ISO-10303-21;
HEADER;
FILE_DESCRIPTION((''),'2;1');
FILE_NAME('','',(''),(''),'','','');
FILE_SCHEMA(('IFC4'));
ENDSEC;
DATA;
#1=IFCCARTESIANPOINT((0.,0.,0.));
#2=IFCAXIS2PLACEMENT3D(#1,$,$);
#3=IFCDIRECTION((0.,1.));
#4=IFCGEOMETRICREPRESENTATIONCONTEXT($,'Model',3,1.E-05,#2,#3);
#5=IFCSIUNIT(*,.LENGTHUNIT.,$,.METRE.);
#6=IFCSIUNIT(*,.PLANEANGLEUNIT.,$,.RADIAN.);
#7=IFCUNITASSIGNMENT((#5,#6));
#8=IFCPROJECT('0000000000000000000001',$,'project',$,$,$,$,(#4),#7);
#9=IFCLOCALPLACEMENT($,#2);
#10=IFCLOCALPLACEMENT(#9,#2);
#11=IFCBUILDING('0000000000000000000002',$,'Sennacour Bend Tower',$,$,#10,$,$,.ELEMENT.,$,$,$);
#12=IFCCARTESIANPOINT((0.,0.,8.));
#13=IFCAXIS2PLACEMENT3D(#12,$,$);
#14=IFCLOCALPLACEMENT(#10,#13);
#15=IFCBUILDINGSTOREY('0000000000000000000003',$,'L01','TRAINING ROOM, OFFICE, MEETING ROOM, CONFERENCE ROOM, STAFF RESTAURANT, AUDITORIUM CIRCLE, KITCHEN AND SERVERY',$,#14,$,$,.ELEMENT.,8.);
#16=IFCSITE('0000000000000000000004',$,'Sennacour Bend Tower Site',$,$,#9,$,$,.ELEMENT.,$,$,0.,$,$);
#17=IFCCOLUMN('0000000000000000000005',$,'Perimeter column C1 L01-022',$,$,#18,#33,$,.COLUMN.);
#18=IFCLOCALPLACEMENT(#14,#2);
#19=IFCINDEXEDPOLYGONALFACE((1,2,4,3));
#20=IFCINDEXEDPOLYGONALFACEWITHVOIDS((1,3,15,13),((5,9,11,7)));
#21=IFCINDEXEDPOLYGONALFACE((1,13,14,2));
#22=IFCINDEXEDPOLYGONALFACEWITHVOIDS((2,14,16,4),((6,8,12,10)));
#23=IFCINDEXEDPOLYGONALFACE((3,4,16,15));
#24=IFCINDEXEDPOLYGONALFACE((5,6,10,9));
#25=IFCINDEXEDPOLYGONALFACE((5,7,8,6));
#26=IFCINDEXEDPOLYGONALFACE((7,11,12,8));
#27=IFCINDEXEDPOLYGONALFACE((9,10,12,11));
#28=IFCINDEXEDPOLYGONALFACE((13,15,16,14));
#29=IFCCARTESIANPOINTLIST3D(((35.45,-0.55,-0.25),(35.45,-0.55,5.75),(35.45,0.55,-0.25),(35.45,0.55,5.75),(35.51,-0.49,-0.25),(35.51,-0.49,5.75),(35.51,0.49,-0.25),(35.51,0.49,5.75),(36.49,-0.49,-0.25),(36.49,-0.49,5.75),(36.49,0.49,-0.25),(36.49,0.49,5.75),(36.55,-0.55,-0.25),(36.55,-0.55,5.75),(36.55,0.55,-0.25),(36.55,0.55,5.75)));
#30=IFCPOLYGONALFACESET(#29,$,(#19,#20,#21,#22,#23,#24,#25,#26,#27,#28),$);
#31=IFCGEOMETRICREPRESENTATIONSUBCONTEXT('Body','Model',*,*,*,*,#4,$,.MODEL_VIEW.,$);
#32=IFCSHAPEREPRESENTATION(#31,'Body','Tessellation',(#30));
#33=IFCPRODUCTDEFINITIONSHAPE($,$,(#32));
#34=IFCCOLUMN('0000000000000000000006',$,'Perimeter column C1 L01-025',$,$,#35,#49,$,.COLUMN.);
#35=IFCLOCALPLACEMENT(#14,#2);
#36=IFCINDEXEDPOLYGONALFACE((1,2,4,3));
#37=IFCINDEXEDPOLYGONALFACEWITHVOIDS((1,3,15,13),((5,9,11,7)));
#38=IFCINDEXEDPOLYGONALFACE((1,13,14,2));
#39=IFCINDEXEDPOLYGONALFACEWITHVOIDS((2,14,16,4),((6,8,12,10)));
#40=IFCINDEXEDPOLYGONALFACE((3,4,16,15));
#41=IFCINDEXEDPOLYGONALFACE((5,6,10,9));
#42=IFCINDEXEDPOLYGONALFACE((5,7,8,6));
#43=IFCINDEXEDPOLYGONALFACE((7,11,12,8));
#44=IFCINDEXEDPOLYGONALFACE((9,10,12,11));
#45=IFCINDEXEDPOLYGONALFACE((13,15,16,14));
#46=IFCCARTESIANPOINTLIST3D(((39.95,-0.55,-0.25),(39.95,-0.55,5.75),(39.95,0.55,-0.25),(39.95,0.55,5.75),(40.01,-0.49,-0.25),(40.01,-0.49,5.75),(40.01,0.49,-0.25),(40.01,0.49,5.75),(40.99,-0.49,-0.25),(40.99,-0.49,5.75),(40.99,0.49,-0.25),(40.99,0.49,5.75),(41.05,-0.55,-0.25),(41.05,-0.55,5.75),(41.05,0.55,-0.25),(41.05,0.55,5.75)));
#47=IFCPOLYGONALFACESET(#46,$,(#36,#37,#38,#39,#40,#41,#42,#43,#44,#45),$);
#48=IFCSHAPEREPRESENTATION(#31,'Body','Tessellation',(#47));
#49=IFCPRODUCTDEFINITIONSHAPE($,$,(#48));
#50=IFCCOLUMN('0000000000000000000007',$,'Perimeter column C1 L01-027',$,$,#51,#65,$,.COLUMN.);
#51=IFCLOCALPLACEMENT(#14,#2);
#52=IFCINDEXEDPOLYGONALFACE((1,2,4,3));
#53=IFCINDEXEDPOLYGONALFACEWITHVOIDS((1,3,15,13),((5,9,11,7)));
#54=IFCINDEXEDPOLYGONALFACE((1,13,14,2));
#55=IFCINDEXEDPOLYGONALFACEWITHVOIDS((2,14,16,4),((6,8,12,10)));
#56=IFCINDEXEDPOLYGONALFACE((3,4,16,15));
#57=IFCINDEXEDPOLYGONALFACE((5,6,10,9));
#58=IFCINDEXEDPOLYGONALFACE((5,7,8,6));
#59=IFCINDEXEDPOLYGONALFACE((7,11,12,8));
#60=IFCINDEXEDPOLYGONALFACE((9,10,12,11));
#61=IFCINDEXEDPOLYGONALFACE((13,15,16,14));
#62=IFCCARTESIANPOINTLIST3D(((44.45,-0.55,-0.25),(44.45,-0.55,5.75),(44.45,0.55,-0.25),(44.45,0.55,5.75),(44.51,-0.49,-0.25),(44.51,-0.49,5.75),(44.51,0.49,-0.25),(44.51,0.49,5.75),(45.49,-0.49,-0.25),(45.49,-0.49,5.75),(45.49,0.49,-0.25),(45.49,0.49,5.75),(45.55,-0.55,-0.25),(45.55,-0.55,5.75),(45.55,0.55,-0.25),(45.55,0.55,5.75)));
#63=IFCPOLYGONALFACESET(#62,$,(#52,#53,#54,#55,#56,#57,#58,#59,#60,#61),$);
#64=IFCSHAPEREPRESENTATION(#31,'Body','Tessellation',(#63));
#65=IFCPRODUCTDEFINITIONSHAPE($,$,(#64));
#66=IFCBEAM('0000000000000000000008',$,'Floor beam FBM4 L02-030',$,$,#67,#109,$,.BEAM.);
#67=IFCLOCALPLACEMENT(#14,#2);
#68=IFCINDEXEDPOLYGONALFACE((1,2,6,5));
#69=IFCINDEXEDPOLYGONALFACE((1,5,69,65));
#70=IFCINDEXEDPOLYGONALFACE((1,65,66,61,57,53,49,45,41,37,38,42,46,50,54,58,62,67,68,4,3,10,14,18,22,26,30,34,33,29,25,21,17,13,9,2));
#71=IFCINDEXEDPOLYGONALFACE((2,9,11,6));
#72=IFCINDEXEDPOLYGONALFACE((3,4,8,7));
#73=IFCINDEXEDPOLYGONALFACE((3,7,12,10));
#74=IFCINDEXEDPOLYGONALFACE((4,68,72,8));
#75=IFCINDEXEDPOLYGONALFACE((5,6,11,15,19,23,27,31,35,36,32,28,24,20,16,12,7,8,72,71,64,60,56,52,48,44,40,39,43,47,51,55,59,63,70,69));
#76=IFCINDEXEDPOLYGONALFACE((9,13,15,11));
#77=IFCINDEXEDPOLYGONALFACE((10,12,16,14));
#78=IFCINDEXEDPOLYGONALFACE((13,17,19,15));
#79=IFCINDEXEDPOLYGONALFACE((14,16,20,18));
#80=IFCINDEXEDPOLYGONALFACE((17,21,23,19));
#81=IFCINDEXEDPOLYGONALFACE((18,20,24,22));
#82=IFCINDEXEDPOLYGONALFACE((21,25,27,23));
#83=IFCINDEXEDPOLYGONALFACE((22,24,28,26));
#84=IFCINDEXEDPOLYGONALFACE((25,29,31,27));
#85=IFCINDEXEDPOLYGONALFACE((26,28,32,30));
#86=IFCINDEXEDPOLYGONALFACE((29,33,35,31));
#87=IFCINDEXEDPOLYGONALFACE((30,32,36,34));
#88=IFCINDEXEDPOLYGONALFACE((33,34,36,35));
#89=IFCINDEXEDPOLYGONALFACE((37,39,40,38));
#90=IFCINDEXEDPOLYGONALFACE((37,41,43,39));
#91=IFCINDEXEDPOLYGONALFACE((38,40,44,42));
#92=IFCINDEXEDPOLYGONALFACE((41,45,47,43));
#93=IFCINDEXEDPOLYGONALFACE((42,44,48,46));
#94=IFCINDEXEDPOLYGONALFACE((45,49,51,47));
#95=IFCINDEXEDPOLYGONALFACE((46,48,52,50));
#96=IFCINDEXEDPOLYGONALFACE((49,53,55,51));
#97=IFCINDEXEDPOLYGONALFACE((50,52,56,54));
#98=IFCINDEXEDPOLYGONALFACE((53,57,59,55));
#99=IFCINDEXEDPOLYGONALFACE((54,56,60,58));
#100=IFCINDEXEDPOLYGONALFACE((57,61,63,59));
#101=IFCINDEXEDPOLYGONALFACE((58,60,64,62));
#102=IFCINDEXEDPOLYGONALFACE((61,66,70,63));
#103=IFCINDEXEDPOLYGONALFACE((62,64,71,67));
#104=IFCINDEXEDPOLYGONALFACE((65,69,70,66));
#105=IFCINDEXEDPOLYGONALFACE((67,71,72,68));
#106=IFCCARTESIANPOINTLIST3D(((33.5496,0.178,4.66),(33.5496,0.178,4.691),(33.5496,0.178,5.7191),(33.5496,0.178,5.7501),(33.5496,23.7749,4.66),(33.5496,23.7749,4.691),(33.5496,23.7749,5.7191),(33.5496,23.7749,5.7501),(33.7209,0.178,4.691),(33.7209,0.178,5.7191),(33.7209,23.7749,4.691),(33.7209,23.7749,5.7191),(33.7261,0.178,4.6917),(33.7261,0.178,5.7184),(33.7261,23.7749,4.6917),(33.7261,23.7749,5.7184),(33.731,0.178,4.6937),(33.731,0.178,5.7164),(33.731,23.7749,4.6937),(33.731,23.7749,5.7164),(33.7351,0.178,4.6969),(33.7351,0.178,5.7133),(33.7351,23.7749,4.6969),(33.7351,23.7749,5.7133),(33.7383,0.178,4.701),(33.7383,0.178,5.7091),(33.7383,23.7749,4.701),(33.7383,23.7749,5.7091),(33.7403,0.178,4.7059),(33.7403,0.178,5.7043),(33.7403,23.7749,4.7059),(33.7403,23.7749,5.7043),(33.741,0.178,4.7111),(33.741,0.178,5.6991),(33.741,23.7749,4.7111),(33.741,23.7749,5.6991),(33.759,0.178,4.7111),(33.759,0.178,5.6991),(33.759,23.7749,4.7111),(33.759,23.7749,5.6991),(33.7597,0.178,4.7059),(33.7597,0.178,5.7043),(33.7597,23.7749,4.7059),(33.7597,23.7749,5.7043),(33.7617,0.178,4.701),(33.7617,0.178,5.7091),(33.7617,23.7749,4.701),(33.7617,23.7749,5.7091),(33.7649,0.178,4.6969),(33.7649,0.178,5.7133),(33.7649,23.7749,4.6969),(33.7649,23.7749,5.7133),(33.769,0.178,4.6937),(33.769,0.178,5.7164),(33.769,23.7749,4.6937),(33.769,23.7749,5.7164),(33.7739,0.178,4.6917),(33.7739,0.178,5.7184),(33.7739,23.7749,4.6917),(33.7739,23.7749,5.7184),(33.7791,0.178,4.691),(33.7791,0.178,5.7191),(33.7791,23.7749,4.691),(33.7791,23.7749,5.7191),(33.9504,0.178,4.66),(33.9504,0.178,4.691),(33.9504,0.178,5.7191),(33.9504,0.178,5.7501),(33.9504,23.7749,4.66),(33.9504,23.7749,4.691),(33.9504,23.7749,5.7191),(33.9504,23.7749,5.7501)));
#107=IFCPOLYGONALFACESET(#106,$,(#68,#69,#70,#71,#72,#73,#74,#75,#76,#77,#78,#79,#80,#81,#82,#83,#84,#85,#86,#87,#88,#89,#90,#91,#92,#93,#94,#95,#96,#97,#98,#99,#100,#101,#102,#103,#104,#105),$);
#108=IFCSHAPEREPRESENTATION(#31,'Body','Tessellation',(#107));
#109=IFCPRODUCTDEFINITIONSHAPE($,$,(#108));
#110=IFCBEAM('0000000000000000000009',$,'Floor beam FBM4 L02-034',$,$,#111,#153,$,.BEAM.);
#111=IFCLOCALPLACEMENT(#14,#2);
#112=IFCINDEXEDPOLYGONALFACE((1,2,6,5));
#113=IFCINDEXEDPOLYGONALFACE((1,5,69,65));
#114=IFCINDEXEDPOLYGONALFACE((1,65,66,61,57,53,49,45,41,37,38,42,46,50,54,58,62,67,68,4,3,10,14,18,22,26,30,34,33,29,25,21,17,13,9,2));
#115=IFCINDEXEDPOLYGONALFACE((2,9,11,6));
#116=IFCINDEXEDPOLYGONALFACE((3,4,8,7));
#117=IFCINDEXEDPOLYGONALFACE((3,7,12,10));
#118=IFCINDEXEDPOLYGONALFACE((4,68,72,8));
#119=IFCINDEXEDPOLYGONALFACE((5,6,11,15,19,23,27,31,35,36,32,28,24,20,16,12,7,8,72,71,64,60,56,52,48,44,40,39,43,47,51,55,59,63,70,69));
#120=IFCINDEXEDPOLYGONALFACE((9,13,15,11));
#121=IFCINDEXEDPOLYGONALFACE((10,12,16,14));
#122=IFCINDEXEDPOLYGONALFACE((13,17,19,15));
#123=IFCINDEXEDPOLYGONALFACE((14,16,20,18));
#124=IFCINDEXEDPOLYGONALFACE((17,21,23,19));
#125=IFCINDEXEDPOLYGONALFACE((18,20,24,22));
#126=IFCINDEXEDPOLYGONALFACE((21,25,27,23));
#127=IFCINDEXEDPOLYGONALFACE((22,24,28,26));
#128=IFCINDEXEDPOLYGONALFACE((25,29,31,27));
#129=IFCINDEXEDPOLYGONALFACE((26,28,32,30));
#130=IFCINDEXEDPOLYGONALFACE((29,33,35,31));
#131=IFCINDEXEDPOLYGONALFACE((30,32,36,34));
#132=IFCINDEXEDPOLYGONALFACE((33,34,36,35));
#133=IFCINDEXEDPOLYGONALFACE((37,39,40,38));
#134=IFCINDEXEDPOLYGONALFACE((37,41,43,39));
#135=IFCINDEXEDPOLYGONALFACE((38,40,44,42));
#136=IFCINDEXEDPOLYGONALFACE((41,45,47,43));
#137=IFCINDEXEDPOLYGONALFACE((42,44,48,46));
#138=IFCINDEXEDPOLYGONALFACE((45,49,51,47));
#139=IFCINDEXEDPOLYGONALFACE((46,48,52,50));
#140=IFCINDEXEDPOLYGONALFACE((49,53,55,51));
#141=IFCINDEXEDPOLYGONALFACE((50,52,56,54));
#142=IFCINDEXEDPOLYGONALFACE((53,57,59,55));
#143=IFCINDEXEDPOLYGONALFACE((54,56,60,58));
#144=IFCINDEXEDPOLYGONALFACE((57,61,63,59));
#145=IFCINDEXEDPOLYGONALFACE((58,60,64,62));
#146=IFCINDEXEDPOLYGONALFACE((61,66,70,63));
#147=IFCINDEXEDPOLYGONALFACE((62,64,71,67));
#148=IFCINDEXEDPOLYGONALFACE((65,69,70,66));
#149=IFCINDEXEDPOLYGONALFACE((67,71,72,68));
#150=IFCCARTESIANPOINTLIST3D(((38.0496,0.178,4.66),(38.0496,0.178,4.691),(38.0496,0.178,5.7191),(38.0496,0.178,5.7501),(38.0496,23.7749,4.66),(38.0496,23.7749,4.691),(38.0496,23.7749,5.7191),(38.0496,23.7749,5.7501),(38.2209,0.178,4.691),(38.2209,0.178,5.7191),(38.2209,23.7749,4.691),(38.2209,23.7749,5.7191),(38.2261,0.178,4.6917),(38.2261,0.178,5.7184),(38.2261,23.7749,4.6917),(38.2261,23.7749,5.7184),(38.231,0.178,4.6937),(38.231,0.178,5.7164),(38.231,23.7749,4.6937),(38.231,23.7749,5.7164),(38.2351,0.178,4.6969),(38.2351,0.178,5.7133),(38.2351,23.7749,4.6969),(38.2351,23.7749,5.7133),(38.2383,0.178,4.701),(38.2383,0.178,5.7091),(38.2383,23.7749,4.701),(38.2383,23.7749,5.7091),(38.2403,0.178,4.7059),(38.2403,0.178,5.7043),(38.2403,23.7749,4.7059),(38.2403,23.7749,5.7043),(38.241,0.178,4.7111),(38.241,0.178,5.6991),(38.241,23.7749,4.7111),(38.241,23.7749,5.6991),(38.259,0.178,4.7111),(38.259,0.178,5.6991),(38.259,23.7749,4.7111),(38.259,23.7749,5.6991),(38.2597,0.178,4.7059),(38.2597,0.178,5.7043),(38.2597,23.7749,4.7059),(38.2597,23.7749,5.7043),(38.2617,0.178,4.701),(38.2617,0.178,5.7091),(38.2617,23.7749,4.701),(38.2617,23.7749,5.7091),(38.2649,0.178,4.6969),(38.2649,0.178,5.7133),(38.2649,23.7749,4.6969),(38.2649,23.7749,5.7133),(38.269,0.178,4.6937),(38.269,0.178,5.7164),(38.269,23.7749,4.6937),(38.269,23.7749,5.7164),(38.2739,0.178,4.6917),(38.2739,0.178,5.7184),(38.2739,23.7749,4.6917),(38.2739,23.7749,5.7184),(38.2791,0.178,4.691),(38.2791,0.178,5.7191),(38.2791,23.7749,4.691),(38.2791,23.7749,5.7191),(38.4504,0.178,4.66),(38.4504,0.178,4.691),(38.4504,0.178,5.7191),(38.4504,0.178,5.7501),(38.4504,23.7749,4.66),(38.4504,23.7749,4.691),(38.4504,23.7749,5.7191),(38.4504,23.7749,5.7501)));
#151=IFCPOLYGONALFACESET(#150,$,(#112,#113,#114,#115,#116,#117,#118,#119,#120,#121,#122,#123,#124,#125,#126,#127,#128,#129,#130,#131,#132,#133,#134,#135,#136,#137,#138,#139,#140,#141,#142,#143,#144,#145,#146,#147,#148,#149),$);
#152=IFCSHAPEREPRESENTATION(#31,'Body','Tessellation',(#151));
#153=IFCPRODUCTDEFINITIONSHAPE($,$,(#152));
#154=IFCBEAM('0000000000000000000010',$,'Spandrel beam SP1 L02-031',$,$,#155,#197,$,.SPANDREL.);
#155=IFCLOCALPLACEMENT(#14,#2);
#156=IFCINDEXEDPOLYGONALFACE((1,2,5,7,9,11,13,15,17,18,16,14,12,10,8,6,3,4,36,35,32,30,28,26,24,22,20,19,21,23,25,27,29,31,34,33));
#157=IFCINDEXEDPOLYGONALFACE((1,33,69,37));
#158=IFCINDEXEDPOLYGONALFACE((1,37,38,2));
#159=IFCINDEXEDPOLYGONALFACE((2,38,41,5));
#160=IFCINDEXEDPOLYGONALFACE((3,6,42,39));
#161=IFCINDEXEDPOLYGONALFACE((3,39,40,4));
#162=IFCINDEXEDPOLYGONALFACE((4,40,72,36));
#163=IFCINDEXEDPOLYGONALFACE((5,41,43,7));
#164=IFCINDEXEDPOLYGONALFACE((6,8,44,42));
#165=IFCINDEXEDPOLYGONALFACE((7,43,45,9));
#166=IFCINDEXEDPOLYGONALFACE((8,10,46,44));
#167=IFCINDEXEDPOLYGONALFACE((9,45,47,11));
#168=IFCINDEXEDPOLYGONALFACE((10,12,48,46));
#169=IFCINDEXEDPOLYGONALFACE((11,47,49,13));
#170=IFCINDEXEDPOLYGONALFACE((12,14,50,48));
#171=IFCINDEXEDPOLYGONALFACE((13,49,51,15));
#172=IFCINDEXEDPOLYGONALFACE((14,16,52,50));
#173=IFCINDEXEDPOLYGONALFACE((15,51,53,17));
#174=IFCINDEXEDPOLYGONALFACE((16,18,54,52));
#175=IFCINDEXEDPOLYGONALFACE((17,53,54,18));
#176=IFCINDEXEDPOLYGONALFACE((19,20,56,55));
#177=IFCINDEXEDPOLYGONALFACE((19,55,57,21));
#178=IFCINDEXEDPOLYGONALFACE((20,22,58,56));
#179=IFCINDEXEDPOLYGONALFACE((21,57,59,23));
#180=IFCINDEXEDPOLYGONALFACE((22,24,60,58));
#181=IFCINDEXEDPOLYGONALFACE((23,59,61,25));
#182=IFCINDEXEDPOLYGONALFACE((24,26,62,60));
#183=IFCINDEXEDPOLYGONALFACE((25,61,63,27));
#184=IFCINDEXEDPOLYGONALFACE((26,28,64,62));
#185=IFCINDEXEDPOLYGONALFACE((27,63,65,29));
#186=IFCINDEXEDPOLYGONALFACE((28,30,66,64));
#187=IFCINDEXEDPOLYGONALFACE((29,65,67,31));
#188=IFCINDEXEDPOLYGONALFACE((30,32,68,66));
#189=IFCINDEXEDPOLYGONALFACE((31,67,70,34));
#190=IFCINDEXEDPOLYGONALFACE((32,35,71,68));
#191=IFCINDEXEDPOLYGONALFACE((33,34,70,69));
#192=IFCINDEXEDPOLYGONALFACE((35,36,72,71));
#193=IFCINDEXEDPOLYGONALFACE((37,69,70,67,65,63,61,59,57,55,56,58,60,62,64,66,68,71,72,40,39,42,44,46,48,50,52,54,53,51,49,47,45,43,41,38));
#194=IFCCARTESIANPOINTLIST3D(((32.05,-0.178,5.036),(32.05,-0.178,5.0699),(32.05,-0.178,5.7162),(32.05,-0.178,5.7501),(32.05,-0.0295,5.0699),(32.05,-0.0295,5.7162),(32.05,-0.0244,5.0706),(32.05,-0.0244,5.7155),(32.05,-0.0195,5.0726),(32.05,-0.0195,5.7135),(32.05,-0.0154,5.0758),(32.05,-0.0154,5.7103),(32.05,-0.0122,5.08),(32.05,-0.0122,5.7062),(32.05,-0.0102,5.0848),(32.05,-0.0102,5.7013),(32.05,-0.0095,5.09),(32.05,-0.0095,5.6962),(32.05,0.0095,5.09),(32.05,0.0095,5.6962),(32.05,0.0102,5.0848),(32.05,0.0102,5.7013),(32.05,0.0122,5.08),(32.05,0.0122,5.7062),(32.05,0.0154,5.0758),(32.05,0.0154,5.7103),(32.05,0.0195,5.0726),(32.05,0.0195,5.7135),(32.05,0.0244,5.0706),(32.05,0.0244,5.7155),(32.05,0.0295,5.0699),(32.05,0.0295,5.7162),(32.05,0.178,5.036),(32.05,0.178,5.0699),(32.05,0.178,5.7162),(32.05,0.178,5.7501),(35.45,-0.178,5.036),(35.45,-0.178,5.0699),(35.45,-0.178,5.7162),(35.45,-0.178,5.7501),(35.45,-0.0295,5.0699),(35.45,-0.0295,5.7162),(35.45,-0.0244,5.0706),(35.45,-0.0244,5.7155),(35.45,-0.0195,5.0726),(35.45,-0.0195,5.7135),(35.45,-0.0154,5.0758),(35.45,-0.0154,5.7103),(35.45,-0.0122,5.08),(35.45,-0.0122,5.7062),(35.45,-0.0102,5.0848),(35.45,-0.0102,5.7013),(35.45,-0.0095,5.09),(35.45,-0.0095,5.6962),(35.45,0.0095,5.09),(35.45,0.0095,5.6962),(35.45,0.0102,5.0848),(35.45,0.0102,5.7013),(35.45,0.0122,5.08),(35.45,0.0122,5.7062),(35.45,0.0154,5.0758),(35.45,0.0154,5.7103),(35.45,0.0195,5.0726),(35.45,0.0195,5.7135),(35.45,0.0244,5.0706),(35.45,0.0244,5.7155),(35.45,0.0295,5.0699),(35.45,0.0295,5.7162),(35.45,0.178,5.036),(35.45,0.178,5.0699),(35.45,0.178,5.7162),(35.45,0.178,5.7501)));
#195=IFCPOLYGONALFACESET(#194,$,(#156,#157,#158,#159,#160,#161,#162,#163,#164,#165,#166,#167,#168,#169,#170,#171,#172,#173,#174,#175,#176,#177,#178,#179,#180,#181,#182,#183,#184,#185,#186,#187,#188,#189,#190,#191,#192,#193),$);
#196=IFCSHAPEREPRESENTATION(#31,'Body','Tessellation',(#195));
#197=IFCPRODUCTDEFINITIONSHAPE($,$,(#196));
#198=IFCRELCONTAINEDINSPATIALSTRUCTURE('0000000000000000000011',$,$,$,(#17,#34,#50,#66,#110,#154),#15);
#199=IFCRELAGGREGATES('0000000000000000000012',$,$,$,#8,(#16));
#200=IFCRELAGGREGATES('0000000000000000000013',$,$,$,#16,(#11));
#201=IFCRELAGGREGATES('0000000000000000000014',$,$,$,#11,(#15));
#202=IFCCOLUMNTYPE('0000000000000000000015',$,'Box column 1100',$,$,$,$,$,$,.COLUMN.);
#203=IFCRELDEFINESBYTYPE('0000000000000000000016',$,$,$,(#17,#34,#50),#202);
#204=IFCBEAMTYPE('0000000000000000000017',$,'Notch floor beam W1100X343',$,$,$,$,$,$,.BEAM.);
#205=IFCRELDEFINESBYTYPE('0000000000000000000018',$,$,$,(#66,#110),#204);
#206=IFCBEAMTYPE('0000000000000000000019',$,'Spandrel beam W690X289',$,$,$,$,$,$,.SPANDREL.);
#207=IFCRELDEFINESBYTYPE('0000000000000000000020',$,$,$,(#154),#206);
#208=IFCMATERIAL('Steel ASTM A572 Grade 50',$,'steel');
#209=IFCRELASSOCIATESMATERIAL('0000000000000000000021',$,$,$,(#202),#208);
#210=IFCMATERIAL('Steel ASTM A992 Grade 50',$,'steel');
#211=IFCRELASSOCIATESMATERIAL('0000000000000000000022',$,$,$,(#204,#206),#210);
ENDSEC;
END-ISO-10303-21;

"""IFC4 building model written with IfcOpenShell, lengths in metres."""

from ifc_helpers import new_model, si_unit, direction, frame, origin, origin_2d, place, context, subcontext, project, spatial, hollow_rectangle, i_section, extrude, material, material_profile, profile_set, type_object, element, save


model = new_model("IFC4")

# Units and contexts
model_context = context("Model", 3, precision=1e-05, world=origin(), true_north=direction((0.0, 1.0)))
body_context = subcontext(model_context, "Body", "Model", "MODEL_VIEW")
ifc_project = project(units=[si_unit("LENGTHUNIT", "METRE"), si_unit("PLANEANGLEUNIT", "RADIAN")], contexts=[model_context])

# Site, building, storey
site_placement = place(None, origin())
site = spatial("IfcSite", under=ifc_project, at=site_placement, Name="Sennacour Bend Tower Site", CompositionType="ELEMENT", RefElevation=0.0)
building_placement = place(site_placement, origin())
building = spatial("IfcBuilding", under=site, at=building_placement, Name="Sennacour Bend Tower", CompositionType="ELEMENT")
storey_placement = place(building_placement, frame((0.0, 0.0, 8.0)))
storey = spatial("IfcBuildingStorey", under=building, at=storey_placement, Name="L01", Description="TRAINING ROOM, OFFICE, MEETING ROOM, CONFERENCE ROOM, STAFF RESTAURANT, AUDITORIUM CIRCLE, KITCHEN AND SERVERY", CompositionType="ELEMENT", Elevation=8.0)

# Columns
ifc_material_1 = material(Name="Steel ASTM A572 Grade 50", Category="steel")
ifc_material_profile_1 = material_profile(ifc_material_1, hollow_rectangle(XDim=1.1001, YDim=1.1001, WallThickness=0.0601, at=origin_2d()), Name="Steel ASTM A572 Grade 50", Category="steel")
ifc_profile_set_1 = profile_set([ifc_material_profile_1], Name="Steel ASTM A572 Grade 50")
column_type = type_object("IfcColumnType", Name="Box column 1100", PredefinedType="COLUMN", material=ifc_profile_set_1)
for number, where, z_axis, x_axis, name in (
    (1, (36.0, 0.0, -0.25), (0.0, 0.0, 1.0), (1.0, 0.0, 0.0), "Perimeter column C1 L01-022"),
    (2, (40.5, 0.0, -0.25), (0.0, 0.0, 1.0), (1.0, 0.0, 0.0), "Perimeter column C1 L01-025"),
    (3, (45.0, 0.0, -0.25), (0.0, 0.0, 1.0), (1.0, 0.0, 0.0), "Perimeter column C1 L01-027"),
):
    element("IfcColumn", number, at=place(storey_placement, frame(where, z_axis=z_axis, x_axis=x_axis)), inside=storey, type_object=column_type, Name=name, PredefinedType="COLUMN", context=body_context, shape_type="SweptSolid", body=[
        extrude(hollow_rectangle(XDim=1.1001, YDim=1.1001, WallThickness=0.0601, at=origin_2d()), origin(), (0.0, 0.0, 1.0), 6.0),
    ])

# Beams
ifc_material_2 = material(Name="Steel ASTM A992 Grade 50", Category="steel")
ifc_material_profile_2 = material_profile(ifc_material_2, i_section(OverallWidth=0.4009, OverallDepth=1.0901, WebThickness=0.0181, FlangeThickness=0.031, FilletRadius=0.02, at=origin_2d()), Name="Steel ASTM A992 Grade 50", Category="steel")
ifc_profile_set_2 = profile_set([ifc_material_profile_2], Name="Steel ASTM A992 Grade 50")
beam_type_1 = type_object("IfcBeamType", Name="Notch floor beam W1100X343", PredefinedType="BEAM", material=ifc_profile_set_2)
for number, where, z_axis, x_axis, name in (
    (4, (33.75, 0.178, 5.2051), (0.0, 1.0, 0.0), (-1.0, 0.0, 0.0), "Floor beam FBM4 L02-030"),
    (5, (38.25, 0.178, 5.2051), (0.0, 1.0, 0.0), (-1.0, 0.0, 0.0), "Floor beam FBM4 L02-034"),
):
    element("IfcBeam", number, at=place(storey_placement, frame(where, z_axis=z_axis, x_axis=x_axis)), inside=storey, type_object=beam_type_1, Name=name, PredefinedType="BEAM", context=body_context, shape_type="SweptSolid", body=[
        extrude(i_section(OverallWidth=0.4009, OverallDepth=1.0901, WebThickness=0.0181, FlangeThickness=0.031, FilletRadius=0.02, at=origin_2d()), origin(), (0.0, 0.0, 1.0), 23.5969),
    ])
ifc_material_profile_3 = material_profile(ifc_material_2, i_section(OverallWidth=0.356, OverallDepth=0.7141, WebThickness=0.019, FlangeThickness=0.0339, FilletRadius=0.02, at=origin_2d()), Name="Steel ASTM A992 Grade 50", Category="steel")
ifc_profile_set_3 = profile_set([ifc_material_profile_3], Name="Steel ASTM A992 Grade 50")
beam_type_2 = type_object("IfcBeamType", Name="Spandrel beam W690X289", PredefinedType="SPANDREL", material=ifc_profile_set_3)
for number, where, z_axis, x_axis, name in (
    (6, (32.05, 0.0, 5.3931), (1.0, 0.0, 0.0), (0.0, 1.0, 0.0), "Spandrel beam SP1 L02-031"),
):
    element("IfcBeam", number, at=place(storey_placement, frame(where, z_axis=z_axis, x_axis=x_axis)), inside=storey, type_object=beam_type_2, Name=name, PredefinedType="SPANDREL", context=body_context, shape_type="SweptSolid", body=[
        extrude(i_section(OverallWidth=0.356, OverallDepth=0.7141, WebThickness=0.019, FlangeThickness=0.0339, FilletRadius=0.02, at=origin_2d()), origin(), (0.0, 0.0, 1.0), 3.3999),
    ])

save(model, "model.ifc")
